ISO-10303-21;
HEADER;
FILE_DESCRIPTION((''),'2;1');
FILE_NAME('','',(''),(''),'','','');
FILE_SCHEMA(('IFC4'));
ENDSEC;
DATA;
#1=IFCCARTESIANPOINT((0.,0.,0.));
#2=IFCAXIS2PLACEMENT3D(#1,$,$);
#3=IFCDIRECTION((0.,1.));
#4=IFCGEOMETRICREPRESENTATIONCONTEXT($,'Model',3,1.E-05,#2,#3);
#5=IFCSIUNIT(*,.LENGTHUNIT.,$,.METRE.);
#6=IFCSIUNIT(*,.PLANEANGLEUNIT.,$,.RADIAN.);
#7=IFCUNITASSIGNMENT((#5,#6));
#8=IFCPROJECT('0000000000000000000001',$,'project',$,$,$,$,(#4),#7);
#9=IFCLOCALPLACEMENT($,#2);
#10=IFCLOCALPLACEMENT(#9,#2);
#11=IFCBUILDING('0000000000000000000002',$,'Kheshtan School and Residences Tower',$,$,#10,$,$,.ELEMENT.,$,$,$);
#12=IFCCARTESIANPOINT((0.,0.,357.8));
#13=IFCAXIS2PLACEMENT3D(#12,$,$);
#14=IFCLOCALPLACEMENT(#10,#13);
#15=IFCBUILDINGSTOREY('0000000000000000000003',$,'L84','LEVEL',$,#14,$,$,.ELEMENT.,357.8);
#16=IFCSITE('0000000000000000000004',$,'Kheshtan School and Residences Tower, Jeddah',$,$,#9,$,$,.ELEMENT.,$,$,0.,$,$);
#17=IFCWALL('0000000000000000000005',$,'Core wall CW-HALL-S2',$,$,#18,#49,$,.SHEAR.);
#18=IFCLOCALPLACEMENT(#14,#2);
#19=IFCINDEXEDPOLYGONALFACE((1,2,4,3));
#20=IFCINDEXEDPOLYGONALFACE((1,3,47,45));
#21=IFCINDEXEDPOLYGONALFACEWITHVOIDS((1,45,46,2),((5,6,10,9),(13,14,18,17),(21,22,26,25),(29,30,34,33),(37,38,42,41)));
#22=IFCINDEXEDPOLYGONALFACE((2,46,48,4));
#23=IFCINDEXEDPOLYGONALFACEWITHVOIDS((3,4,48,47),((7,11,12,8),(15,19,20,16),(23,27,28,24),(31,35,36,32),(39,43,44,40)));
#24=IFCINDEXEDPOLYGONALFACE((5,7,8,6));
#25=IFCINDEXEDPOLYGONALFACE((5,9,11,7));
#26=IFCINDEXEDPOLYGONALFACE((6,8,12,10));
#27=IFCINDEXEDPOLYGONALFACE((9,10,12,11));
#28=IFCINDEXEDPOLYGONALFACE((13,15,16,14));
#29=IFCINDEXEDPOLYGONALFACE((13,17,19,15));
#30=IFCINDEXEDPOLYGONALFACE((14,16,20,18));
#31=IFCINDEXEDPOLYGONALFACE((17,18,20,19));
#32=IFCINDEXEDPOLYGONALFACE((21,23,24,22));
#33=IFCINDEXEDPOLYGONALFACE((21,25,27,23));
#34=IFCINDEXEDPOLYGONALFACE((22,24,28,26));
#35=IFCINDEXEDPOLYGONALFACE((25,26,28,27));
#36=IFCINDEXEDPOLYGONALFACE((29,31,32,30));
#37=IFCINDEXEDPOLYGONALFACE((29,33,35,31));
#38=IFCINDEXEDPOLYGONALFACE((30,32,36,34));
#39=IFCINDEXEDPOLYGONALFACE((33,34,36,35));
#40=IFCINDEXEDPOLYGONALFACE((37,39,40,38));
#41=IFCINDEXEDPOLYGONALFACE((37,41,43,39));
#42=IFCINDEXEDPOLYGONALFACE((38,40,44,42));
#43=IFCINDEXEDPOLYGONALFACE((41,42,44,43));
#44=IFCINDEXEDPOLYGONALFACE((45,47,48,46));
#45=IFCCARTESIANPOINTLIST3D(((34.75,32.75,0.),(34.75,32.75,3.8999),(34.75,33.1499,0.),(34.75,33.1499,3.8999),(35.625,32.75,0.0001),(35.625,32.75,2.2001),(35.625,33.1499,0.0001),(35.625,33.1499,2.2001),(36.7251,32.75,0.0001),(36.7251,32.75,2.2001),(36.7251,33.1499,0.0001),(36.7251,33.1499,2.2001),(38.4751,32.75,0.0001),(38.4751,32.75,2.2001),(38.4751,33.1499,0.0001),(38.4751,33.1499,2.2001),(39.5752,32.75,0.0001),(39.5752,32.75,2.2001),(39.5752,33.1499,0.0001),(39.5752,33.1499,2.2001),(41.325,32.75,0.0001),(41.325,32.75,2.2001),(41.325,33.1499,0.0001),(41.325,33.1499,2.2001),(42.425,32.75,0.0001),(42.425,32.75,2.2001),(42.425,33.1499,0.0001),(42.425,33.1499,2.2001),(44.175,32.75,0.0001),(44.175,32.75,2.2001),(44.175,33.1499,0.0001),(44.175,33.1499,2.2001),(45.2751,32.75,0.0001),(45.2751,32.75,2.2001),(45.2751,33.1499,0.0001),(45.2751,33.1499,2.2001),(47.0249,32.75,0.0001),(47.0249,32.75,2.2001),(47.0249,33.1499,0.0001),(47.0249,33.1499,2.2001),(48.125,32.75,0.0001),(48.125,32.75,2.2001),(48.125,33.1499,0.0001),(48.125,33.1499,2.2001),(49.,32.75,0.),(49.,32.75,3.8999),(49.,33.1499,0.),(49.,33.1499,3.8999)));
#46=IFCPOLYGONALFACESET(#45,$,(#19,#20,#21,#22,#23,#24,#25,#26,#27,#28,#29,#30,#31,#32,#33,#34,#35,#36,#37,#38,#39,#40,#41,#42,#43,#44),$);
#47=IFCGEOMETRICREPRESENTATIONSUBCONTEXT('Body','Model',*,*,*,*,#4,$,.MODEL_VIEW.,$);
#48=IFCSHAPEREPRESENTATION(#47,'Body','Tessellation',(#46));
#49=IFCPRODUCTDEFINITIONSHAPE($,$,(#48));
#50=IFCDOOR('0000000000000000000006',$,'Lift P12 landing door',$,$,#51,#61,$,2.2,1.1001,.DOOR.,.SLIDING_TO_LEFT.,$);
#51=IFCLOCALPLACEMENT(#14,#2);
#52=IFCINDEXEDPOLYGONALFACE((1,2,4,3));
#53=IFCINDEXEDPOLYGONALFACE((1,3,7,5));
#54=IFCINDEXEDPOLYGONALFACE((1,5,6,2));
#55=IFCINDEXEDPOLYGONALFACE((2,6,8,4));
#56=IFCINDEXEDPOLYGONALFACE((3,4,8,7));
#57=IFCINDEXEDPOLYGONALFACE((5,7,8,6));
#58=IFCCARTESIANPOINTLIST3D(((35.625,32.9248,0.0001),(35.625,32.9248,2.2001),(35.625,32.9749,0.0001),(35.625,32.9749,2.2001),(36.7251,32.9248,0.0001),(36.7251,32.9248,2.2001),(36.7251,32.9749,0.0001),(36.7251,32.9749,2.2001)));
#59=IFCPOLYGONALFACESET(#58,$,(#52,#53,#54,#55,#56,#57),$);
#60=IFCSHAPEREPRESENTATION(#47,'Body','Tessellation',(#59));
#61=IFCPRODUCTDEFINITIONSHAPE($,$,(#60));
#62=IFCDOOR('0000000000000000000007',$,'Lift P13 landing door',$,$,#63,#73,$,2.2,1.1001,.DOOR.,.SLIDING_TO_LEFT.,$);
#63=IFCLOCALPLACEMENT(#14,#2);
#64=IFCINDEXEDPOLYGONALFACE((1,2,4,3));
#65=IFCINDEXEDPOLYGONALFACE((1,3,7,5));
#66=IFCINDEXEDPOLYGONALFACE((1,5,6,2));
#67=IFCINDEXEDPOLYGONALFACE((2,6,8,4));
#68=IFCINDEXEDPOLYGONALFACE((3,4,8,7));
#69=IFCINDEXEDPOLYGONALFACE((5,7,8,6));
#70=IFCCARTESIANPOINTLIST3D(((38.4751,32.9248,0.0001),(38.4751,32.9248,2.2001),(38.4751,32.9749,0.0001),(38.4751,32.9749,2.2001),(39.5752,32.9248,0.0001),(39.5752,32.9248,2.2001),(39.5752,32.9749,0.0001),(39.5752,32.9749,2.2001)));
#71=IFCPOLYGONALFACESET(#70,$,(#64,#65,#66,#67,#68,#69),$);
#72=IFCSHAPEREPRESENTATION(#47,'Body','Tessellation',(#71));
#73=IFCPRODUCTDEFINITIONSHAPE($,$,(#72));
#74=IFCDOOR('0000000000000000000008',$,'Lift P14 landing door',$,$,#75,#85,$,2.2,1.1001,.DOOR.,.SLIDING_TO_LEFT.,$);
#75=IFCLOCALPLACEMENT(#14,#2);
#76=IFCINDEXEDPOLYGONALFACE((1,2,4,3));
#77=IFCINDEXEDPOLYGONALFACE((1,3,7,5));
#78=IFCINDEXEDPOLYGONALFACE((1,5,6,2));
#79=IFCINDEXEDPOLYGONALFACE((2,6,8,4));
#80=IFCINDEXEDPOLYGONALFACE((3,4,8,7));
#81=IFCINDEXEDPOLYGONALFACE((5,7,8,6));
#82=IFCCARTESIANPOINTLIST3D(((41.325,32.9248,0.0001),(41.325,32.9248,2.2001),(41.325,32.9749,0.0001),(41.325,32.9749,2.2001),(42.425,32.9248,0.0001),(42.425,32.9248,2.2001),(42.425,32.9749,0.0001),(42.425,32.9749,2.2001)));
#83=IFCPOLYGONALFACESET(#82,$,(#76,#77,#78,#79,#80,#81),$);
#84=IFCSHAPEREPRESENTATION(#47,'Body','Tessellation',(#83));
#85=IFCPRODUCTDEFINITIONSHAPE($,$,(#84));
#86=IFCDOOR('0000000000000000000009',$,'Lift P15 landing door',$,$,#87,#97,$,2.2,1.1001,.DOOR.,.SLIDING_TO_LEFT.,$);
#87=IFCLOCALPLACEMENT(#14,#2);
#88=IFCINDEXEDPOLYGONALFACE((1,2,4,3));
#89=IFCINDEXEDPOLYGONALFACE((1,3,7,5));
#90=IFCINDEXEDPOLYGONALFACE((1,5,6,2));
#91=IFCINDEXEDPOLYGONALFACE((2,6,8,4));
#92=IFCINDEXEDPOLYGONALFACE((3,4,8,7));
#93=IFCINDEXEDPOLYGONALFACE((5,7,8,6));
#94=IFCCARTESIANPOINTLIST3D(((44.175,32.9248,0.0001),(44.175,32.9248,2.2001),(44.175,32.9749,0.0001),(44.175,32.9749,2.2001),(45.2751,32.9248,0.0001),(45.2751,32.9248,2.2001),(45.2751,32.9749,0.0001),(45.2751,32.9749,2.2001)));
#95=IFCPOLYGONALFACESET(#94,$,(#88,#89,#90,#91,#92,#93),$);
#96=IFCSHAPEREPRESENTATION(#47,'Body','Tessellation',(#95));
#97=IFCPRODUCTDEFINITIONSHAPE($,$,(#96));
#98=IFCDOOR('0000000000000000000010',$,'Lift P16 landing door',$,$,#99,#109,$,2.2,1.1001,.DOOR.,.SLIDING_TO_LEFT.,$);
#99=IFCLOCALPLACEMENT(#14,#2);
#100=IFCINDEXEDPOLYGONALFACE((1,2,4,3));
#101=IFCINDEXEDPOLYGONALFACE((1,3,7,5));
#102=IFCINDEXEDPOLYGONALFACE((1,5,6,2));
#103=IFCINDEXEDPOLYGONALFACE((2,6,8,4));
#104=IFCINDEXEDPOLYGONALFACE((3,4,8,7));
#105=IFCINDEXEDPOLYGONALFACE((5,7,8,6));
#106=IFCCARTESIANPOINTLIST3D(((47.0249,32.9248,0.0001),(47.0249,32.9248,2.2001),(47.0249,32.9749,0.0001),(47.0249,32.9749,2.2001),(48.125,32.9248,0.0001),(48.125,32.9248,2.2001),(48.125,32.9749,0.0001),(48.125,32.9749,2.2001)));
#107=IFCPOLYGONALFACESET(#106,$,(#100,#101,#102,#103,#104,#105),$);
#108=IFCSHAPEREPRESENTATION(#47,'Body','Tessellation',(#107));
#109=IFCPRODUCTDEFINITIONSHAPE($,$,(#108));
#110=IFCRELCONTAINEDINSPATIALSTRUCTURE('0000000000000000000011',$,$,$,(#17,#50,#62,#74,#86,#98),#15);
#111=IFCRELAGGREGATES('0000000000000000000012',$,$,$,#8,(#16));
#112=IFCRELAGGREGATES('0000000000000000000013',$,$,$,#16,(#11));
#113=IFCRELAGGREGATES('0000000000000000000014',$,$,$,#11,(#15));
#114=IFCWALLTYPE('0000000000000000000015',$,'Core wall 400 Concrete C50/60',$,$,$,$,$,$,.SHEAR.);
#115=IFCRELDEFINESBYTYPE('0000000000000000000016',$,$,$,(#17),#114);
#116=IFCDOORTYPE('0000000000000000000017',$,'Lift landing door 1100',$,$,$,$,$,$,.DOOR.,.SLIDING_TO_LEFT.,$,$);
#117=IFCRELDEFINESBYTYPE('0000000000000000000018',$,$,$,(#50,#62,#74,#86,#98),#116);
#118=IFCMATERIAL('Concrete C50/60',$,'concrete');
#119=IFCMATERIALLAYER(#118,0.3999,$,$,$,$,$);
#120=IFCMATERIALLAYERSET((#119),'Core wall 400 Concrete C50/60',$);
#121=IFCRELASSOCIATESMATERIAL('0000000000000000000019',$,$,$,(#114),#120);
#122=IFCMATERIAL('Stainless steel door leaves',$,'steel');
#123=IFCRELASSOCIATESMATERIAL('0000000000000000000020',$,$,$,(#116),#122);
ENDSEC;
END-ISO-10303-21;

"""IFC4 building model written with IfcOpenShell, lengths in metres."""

from ifc_helpers import new_model, si_unit, direction, frame, frame_2d, origin, place, context, subcontext, project, spatial, rectangle, extrude, source, transform, mapped, material, layer, layer_set, type_object, element, fill, save


model = new_model("IFC4")

# Units and contexts
model_context = context("Model", 3, precision=1e-05, world=origin(), true_north=direction((0.0, 1.0)))
body_context = subcontext(model_context, "Body", "Model", "MODEL_VIEW")
ifc_project = project(units=[si_unit("LENGTHUNIT", "METRE"), si_unit("PLANEANGLEUNIT", "RADIAN")], contexts=[model_context])

# Site, building, storey
site_placement = place(None, origin())
site = spatial("IfcSite", under=ifc_project, at=site_placement, Name="Kheshtan School and Residences Tower, Jeddah", CompositionType="ELEMENT", RefElevation=0.0)
building_placement = place(site_placement, origin())
building = spatial("IfcBuilding", under=site, at=building_placement, Name="Kheshtan School and Residences Tower", CompositionType="ELEMENT")
storey_placement = place(building_placement, frame((0.0, 0.0, 357.8)))
storey = spatial("IfcBuildingStorey", under=building, at=storey_placement, Name="L84", Description="LEVEL", CompositionType="ELEMENT", Elevation=357.8)

# Wall, openings, doors
ifc_material_1 = material(Name="Concrete C50/60", Category="concrete")
ifc_layer_1 = layer(ifc_material_1, 0.3999)
ifc_layer_set_1 = layer_set([ifc_layer_1], Name="Core wall 400 Concrete C50/60")
wall_type_1 = type_object("IfcWallType", Name="Core wall 400 Concrete C50/60", PredefinedType="SHEAR", material=ifc_layer_set_1)
wall_1_placement = place(storey_placement, frame((34.75, 32.95, 0.0), z_axis=(0.0, 0.0, 1.0), x_axis=(1.0, 0.0, 0.0)))
wall_1 = element("IfcWall", 1, at=wall_1_placement, inside=storey, type_object=wall_type_1, Name="Core wall CW-HALL-S2", PredefinedType="SHEAR", context=body_context, shape_type="SweptSolid", body=[
    extrude(rectangle(XDim=14.25, YDim=0.3999, at=frame_2d((7.125, 0.0))), origin(), (0.0, 0.0, 1.0), 3.8999),
])
opening_1_placement = place(wall_1_placement, frame((0.875, 0.0, 0.0)))
opening_1 = element("IfcOpeningElement", 2, at=opening_1_placement, cuts=wall_1, PredefinedType="OPENING", context=body_context, shape_type="SweptSolid", body=[
    extrude(rectangle(XDim=1.1001, YDim=2.2, at=frame_2d((0.55, 1.1001))), frame((0.0, 0.21, 0.0), z_axis=(0.0, -1.0, 0.0), x_axis=(1.0, 0.0, 0.0)), (0.0, 0.0, 1.0), 0.4199),
])
opening_2_placement = place(wall_1_placement, frame((3.7251, 0.0, 0.0)))
opening_2 = element("IfcOpeningElement", 3, at=opening_2_placement, cuts=wall_1, PredefinedType="OPENING", context=body_context, shape_type="SweptSolid", body=[
    extrude(rectangle(XDim=1.1001, YDim=2.2, at=frame_2d((0.55, 1.1001))), frame((0.0, 0.21, 0.0), z_axis=(0.0, -1.0, 0.0), x_axis=(1.0, 0.0, 0.0)), (0.0, 0.0, 1.0), 0.4199),
])
opening_3_placement = place(wall_1_placement, frame((6.575, 0.0, 0.0)))
opening_3 = element("IfcOpeningElement", 4, at=opening_3_placement, cuts=wall_1, PredefinedType="OPENING", context=body_context, shape_type="SweptSolid", body=[
    extrude(rectangle(XDim=1.1001, YDim=2.2, at=frame_2d((0.55, 1.1001))), frame((0.0, 0.21, 0.0), z_axis=(0.0, -1.0, 0.0), x_axis=(1.0, 0.0, 0.0)), (0.0, 0.0, 1.0), 0.4199),
])
opening_4_placement = place(wall_1_placement, frame((9.425, 0.0, 0.0)))
opening_4 = element("IfcOpeningElement", 5, at=opening_4_placement, cuts=wall_1, PredefinedType="OPENING", context=body_context, shape_type="SweptSolid", body=[
    extrude(rectangle(XDim=1.1001, YDim=2.2, at=frame_2d((0.55, 1.1001))), frame((0.0, 0.21, 0.0), z_axis=(0.0, -1.0, 0.0), x_axis=(1.0, 0.0, 0.0)), (0.0, 0.0, 1.0), 0.4199),
])
opening_5_placement = place(wall_1_placement, frame((12.2749, 0.0, 0.0)))
opening_5 = element("IfcOpeningElement", 6, at=opening_5_placement, cuts=wall_1, PredefinedType="OPENING", context=body_context, shape_type="SweptSolid", body=[
    extrude(rectangle(XDim=1.1001, YDim=2.2, at=frame_2d((0.55, 1.1001))), frame((0.0, 0.21, 0.0), z_axis=(0.0, -1.0, 0.0), x_axis=(1.0, 0.0, 0.0)), (0.0, 0.0, 1.0), 0.4199),
])
ifc_material_2 = material(Name="Stainless steel door leaves", Category="steel")
door_type_1 = type_object("IfcDoorType", Name="Lift landing door 1100", OperationType="SLIDING_TO_LEFT", PredefinedType="DOOR", material=ifc_material_2)
shared_shape_1 = source(origin(), body_context, "Body", "SweptSolid", [
    extrude(rectangle(XDim=1.1001, YDim=2.2, at=frame_2d((0.55, 1.1001))), frame((0.0, 0.0249, 0.0), z_axis=(0.0, -1.0, 0.0), x_axis=(1.0, 0.0, 0.0)), (0.0, 0.0, 1.0), 0.05),
])
door_1_placement = place(opening_1_placement, origin())
door_1 = element("IfcDoor", 7, at=door_1_placement, inside=storey, type_object=door_type_1, Name="Lift P12 landing door", OperationType="SLIDING_TO_LEFT", OverallHeight=2.2, OverallWidth=1.1001, PredefinedType="DOOR", context=body_context, shape_type="MappedRepresentation", body=[
    mapped(shared_shape_1, transform((0.0, 0.0, 0.0), x_axis=(1.0, 0.0, 0.0), y_axis=(0.0, 1.0, 0.0), z_axis=(0.0, 0.0, 1.0), scale=1.0)),
])
fill(opening_1, door_1)
door_2_placement = place(opening_2_placement, origin())
door_2 = element("IfcDoor", 8, at=door_2_placement, inside=storey, type_object=door_type_1, Name="Lift P13 landing door", OperationType="SLIDING_TO_LEFT", OverallHeight=2.2, OverallWidth=1.1001, PredefinedType="DOOR", context=body_context, shape_type="MappedRepresentation", body=[
    mapped(shared_shape_1, transform((0.0, 0.0, 0.0), x_axis=(1.0, 0.0, 0.0), y_axis=(0.0, 1.0, 0.0), z_axis=(0.0, 0.0, 1.0), scale=1.0)),
])
fill(opening_2, door_2)
door_3_placement = place(opening_3_placement, origin())
door_3 = element("IfcDoor", 9, at=door_3_placement, inside=storey, type_object=door_type_1, Name="Lift P14 landing door", OperationType="SLIDING_TO_LEFT", OverallHeight=2.2, OverallWidth=1.1001, PredefinedType="DOOR", context=body_context, shape_type="MappedRepresentation", body=[
    mapped(shared_shape_1, transform((0.0, 0.0, 0.0), x_axis=(1.0, 0.0, 0.0), y_axis=(0.0, 1.0, 0.0), z_axis=(0.0, 0.0, 1.0), scale=1.0)),
])
fill(opening_3, door_3)
door_4_placement = place(opening_4_placement, origin())
door_4 = element("IfcDoor", 10, at=door_4_placement, inside=storey, type_object=door_type_1, Name="Lift P15 landing door", OperationType="SLIDING_TO_LEFT", OverallHeight=2.2, OverallWidth=1.1001, PredefinedType="DOOR", context=body_context, shape_type="MappedRepresentation", body=[
    mapped(shared_shape_1, transform((0.0, 0.0, 0.0), x_axis=(1.0, 0.0, 0.0), y_axis=(0.0, 1.0, 0.0), z_axis=(0.0, 0.0, 1.0), scale=1.0)),
])
fill(opening_4, door_4)
door_5_placement = place(opening_5_placement, origin())
door_5 = element("IfcDoor", 11, at=door_5_placement, inside=storey, type_object=door_type_1, Name="Lift P16 landing door", OperationType="SLIDING_TO_LEFT", OverallHeight=2.2, OverallWidth=1.1001, PredefinedType="DOOR", context=body_context, shape_type="MappedRepresentation", body=[
    mapped(shared_shape_1, transform((0.0, 0.0, 0.0), x_axis=(1.0, 0.0, 0.0), y_axis=(0.0, 1.0, 0.0), z_axis=(0.0, 0.0, 1.0), scale=1.0)),
])
fill(opening_5, door_5)

save(model, "model.ifc")
